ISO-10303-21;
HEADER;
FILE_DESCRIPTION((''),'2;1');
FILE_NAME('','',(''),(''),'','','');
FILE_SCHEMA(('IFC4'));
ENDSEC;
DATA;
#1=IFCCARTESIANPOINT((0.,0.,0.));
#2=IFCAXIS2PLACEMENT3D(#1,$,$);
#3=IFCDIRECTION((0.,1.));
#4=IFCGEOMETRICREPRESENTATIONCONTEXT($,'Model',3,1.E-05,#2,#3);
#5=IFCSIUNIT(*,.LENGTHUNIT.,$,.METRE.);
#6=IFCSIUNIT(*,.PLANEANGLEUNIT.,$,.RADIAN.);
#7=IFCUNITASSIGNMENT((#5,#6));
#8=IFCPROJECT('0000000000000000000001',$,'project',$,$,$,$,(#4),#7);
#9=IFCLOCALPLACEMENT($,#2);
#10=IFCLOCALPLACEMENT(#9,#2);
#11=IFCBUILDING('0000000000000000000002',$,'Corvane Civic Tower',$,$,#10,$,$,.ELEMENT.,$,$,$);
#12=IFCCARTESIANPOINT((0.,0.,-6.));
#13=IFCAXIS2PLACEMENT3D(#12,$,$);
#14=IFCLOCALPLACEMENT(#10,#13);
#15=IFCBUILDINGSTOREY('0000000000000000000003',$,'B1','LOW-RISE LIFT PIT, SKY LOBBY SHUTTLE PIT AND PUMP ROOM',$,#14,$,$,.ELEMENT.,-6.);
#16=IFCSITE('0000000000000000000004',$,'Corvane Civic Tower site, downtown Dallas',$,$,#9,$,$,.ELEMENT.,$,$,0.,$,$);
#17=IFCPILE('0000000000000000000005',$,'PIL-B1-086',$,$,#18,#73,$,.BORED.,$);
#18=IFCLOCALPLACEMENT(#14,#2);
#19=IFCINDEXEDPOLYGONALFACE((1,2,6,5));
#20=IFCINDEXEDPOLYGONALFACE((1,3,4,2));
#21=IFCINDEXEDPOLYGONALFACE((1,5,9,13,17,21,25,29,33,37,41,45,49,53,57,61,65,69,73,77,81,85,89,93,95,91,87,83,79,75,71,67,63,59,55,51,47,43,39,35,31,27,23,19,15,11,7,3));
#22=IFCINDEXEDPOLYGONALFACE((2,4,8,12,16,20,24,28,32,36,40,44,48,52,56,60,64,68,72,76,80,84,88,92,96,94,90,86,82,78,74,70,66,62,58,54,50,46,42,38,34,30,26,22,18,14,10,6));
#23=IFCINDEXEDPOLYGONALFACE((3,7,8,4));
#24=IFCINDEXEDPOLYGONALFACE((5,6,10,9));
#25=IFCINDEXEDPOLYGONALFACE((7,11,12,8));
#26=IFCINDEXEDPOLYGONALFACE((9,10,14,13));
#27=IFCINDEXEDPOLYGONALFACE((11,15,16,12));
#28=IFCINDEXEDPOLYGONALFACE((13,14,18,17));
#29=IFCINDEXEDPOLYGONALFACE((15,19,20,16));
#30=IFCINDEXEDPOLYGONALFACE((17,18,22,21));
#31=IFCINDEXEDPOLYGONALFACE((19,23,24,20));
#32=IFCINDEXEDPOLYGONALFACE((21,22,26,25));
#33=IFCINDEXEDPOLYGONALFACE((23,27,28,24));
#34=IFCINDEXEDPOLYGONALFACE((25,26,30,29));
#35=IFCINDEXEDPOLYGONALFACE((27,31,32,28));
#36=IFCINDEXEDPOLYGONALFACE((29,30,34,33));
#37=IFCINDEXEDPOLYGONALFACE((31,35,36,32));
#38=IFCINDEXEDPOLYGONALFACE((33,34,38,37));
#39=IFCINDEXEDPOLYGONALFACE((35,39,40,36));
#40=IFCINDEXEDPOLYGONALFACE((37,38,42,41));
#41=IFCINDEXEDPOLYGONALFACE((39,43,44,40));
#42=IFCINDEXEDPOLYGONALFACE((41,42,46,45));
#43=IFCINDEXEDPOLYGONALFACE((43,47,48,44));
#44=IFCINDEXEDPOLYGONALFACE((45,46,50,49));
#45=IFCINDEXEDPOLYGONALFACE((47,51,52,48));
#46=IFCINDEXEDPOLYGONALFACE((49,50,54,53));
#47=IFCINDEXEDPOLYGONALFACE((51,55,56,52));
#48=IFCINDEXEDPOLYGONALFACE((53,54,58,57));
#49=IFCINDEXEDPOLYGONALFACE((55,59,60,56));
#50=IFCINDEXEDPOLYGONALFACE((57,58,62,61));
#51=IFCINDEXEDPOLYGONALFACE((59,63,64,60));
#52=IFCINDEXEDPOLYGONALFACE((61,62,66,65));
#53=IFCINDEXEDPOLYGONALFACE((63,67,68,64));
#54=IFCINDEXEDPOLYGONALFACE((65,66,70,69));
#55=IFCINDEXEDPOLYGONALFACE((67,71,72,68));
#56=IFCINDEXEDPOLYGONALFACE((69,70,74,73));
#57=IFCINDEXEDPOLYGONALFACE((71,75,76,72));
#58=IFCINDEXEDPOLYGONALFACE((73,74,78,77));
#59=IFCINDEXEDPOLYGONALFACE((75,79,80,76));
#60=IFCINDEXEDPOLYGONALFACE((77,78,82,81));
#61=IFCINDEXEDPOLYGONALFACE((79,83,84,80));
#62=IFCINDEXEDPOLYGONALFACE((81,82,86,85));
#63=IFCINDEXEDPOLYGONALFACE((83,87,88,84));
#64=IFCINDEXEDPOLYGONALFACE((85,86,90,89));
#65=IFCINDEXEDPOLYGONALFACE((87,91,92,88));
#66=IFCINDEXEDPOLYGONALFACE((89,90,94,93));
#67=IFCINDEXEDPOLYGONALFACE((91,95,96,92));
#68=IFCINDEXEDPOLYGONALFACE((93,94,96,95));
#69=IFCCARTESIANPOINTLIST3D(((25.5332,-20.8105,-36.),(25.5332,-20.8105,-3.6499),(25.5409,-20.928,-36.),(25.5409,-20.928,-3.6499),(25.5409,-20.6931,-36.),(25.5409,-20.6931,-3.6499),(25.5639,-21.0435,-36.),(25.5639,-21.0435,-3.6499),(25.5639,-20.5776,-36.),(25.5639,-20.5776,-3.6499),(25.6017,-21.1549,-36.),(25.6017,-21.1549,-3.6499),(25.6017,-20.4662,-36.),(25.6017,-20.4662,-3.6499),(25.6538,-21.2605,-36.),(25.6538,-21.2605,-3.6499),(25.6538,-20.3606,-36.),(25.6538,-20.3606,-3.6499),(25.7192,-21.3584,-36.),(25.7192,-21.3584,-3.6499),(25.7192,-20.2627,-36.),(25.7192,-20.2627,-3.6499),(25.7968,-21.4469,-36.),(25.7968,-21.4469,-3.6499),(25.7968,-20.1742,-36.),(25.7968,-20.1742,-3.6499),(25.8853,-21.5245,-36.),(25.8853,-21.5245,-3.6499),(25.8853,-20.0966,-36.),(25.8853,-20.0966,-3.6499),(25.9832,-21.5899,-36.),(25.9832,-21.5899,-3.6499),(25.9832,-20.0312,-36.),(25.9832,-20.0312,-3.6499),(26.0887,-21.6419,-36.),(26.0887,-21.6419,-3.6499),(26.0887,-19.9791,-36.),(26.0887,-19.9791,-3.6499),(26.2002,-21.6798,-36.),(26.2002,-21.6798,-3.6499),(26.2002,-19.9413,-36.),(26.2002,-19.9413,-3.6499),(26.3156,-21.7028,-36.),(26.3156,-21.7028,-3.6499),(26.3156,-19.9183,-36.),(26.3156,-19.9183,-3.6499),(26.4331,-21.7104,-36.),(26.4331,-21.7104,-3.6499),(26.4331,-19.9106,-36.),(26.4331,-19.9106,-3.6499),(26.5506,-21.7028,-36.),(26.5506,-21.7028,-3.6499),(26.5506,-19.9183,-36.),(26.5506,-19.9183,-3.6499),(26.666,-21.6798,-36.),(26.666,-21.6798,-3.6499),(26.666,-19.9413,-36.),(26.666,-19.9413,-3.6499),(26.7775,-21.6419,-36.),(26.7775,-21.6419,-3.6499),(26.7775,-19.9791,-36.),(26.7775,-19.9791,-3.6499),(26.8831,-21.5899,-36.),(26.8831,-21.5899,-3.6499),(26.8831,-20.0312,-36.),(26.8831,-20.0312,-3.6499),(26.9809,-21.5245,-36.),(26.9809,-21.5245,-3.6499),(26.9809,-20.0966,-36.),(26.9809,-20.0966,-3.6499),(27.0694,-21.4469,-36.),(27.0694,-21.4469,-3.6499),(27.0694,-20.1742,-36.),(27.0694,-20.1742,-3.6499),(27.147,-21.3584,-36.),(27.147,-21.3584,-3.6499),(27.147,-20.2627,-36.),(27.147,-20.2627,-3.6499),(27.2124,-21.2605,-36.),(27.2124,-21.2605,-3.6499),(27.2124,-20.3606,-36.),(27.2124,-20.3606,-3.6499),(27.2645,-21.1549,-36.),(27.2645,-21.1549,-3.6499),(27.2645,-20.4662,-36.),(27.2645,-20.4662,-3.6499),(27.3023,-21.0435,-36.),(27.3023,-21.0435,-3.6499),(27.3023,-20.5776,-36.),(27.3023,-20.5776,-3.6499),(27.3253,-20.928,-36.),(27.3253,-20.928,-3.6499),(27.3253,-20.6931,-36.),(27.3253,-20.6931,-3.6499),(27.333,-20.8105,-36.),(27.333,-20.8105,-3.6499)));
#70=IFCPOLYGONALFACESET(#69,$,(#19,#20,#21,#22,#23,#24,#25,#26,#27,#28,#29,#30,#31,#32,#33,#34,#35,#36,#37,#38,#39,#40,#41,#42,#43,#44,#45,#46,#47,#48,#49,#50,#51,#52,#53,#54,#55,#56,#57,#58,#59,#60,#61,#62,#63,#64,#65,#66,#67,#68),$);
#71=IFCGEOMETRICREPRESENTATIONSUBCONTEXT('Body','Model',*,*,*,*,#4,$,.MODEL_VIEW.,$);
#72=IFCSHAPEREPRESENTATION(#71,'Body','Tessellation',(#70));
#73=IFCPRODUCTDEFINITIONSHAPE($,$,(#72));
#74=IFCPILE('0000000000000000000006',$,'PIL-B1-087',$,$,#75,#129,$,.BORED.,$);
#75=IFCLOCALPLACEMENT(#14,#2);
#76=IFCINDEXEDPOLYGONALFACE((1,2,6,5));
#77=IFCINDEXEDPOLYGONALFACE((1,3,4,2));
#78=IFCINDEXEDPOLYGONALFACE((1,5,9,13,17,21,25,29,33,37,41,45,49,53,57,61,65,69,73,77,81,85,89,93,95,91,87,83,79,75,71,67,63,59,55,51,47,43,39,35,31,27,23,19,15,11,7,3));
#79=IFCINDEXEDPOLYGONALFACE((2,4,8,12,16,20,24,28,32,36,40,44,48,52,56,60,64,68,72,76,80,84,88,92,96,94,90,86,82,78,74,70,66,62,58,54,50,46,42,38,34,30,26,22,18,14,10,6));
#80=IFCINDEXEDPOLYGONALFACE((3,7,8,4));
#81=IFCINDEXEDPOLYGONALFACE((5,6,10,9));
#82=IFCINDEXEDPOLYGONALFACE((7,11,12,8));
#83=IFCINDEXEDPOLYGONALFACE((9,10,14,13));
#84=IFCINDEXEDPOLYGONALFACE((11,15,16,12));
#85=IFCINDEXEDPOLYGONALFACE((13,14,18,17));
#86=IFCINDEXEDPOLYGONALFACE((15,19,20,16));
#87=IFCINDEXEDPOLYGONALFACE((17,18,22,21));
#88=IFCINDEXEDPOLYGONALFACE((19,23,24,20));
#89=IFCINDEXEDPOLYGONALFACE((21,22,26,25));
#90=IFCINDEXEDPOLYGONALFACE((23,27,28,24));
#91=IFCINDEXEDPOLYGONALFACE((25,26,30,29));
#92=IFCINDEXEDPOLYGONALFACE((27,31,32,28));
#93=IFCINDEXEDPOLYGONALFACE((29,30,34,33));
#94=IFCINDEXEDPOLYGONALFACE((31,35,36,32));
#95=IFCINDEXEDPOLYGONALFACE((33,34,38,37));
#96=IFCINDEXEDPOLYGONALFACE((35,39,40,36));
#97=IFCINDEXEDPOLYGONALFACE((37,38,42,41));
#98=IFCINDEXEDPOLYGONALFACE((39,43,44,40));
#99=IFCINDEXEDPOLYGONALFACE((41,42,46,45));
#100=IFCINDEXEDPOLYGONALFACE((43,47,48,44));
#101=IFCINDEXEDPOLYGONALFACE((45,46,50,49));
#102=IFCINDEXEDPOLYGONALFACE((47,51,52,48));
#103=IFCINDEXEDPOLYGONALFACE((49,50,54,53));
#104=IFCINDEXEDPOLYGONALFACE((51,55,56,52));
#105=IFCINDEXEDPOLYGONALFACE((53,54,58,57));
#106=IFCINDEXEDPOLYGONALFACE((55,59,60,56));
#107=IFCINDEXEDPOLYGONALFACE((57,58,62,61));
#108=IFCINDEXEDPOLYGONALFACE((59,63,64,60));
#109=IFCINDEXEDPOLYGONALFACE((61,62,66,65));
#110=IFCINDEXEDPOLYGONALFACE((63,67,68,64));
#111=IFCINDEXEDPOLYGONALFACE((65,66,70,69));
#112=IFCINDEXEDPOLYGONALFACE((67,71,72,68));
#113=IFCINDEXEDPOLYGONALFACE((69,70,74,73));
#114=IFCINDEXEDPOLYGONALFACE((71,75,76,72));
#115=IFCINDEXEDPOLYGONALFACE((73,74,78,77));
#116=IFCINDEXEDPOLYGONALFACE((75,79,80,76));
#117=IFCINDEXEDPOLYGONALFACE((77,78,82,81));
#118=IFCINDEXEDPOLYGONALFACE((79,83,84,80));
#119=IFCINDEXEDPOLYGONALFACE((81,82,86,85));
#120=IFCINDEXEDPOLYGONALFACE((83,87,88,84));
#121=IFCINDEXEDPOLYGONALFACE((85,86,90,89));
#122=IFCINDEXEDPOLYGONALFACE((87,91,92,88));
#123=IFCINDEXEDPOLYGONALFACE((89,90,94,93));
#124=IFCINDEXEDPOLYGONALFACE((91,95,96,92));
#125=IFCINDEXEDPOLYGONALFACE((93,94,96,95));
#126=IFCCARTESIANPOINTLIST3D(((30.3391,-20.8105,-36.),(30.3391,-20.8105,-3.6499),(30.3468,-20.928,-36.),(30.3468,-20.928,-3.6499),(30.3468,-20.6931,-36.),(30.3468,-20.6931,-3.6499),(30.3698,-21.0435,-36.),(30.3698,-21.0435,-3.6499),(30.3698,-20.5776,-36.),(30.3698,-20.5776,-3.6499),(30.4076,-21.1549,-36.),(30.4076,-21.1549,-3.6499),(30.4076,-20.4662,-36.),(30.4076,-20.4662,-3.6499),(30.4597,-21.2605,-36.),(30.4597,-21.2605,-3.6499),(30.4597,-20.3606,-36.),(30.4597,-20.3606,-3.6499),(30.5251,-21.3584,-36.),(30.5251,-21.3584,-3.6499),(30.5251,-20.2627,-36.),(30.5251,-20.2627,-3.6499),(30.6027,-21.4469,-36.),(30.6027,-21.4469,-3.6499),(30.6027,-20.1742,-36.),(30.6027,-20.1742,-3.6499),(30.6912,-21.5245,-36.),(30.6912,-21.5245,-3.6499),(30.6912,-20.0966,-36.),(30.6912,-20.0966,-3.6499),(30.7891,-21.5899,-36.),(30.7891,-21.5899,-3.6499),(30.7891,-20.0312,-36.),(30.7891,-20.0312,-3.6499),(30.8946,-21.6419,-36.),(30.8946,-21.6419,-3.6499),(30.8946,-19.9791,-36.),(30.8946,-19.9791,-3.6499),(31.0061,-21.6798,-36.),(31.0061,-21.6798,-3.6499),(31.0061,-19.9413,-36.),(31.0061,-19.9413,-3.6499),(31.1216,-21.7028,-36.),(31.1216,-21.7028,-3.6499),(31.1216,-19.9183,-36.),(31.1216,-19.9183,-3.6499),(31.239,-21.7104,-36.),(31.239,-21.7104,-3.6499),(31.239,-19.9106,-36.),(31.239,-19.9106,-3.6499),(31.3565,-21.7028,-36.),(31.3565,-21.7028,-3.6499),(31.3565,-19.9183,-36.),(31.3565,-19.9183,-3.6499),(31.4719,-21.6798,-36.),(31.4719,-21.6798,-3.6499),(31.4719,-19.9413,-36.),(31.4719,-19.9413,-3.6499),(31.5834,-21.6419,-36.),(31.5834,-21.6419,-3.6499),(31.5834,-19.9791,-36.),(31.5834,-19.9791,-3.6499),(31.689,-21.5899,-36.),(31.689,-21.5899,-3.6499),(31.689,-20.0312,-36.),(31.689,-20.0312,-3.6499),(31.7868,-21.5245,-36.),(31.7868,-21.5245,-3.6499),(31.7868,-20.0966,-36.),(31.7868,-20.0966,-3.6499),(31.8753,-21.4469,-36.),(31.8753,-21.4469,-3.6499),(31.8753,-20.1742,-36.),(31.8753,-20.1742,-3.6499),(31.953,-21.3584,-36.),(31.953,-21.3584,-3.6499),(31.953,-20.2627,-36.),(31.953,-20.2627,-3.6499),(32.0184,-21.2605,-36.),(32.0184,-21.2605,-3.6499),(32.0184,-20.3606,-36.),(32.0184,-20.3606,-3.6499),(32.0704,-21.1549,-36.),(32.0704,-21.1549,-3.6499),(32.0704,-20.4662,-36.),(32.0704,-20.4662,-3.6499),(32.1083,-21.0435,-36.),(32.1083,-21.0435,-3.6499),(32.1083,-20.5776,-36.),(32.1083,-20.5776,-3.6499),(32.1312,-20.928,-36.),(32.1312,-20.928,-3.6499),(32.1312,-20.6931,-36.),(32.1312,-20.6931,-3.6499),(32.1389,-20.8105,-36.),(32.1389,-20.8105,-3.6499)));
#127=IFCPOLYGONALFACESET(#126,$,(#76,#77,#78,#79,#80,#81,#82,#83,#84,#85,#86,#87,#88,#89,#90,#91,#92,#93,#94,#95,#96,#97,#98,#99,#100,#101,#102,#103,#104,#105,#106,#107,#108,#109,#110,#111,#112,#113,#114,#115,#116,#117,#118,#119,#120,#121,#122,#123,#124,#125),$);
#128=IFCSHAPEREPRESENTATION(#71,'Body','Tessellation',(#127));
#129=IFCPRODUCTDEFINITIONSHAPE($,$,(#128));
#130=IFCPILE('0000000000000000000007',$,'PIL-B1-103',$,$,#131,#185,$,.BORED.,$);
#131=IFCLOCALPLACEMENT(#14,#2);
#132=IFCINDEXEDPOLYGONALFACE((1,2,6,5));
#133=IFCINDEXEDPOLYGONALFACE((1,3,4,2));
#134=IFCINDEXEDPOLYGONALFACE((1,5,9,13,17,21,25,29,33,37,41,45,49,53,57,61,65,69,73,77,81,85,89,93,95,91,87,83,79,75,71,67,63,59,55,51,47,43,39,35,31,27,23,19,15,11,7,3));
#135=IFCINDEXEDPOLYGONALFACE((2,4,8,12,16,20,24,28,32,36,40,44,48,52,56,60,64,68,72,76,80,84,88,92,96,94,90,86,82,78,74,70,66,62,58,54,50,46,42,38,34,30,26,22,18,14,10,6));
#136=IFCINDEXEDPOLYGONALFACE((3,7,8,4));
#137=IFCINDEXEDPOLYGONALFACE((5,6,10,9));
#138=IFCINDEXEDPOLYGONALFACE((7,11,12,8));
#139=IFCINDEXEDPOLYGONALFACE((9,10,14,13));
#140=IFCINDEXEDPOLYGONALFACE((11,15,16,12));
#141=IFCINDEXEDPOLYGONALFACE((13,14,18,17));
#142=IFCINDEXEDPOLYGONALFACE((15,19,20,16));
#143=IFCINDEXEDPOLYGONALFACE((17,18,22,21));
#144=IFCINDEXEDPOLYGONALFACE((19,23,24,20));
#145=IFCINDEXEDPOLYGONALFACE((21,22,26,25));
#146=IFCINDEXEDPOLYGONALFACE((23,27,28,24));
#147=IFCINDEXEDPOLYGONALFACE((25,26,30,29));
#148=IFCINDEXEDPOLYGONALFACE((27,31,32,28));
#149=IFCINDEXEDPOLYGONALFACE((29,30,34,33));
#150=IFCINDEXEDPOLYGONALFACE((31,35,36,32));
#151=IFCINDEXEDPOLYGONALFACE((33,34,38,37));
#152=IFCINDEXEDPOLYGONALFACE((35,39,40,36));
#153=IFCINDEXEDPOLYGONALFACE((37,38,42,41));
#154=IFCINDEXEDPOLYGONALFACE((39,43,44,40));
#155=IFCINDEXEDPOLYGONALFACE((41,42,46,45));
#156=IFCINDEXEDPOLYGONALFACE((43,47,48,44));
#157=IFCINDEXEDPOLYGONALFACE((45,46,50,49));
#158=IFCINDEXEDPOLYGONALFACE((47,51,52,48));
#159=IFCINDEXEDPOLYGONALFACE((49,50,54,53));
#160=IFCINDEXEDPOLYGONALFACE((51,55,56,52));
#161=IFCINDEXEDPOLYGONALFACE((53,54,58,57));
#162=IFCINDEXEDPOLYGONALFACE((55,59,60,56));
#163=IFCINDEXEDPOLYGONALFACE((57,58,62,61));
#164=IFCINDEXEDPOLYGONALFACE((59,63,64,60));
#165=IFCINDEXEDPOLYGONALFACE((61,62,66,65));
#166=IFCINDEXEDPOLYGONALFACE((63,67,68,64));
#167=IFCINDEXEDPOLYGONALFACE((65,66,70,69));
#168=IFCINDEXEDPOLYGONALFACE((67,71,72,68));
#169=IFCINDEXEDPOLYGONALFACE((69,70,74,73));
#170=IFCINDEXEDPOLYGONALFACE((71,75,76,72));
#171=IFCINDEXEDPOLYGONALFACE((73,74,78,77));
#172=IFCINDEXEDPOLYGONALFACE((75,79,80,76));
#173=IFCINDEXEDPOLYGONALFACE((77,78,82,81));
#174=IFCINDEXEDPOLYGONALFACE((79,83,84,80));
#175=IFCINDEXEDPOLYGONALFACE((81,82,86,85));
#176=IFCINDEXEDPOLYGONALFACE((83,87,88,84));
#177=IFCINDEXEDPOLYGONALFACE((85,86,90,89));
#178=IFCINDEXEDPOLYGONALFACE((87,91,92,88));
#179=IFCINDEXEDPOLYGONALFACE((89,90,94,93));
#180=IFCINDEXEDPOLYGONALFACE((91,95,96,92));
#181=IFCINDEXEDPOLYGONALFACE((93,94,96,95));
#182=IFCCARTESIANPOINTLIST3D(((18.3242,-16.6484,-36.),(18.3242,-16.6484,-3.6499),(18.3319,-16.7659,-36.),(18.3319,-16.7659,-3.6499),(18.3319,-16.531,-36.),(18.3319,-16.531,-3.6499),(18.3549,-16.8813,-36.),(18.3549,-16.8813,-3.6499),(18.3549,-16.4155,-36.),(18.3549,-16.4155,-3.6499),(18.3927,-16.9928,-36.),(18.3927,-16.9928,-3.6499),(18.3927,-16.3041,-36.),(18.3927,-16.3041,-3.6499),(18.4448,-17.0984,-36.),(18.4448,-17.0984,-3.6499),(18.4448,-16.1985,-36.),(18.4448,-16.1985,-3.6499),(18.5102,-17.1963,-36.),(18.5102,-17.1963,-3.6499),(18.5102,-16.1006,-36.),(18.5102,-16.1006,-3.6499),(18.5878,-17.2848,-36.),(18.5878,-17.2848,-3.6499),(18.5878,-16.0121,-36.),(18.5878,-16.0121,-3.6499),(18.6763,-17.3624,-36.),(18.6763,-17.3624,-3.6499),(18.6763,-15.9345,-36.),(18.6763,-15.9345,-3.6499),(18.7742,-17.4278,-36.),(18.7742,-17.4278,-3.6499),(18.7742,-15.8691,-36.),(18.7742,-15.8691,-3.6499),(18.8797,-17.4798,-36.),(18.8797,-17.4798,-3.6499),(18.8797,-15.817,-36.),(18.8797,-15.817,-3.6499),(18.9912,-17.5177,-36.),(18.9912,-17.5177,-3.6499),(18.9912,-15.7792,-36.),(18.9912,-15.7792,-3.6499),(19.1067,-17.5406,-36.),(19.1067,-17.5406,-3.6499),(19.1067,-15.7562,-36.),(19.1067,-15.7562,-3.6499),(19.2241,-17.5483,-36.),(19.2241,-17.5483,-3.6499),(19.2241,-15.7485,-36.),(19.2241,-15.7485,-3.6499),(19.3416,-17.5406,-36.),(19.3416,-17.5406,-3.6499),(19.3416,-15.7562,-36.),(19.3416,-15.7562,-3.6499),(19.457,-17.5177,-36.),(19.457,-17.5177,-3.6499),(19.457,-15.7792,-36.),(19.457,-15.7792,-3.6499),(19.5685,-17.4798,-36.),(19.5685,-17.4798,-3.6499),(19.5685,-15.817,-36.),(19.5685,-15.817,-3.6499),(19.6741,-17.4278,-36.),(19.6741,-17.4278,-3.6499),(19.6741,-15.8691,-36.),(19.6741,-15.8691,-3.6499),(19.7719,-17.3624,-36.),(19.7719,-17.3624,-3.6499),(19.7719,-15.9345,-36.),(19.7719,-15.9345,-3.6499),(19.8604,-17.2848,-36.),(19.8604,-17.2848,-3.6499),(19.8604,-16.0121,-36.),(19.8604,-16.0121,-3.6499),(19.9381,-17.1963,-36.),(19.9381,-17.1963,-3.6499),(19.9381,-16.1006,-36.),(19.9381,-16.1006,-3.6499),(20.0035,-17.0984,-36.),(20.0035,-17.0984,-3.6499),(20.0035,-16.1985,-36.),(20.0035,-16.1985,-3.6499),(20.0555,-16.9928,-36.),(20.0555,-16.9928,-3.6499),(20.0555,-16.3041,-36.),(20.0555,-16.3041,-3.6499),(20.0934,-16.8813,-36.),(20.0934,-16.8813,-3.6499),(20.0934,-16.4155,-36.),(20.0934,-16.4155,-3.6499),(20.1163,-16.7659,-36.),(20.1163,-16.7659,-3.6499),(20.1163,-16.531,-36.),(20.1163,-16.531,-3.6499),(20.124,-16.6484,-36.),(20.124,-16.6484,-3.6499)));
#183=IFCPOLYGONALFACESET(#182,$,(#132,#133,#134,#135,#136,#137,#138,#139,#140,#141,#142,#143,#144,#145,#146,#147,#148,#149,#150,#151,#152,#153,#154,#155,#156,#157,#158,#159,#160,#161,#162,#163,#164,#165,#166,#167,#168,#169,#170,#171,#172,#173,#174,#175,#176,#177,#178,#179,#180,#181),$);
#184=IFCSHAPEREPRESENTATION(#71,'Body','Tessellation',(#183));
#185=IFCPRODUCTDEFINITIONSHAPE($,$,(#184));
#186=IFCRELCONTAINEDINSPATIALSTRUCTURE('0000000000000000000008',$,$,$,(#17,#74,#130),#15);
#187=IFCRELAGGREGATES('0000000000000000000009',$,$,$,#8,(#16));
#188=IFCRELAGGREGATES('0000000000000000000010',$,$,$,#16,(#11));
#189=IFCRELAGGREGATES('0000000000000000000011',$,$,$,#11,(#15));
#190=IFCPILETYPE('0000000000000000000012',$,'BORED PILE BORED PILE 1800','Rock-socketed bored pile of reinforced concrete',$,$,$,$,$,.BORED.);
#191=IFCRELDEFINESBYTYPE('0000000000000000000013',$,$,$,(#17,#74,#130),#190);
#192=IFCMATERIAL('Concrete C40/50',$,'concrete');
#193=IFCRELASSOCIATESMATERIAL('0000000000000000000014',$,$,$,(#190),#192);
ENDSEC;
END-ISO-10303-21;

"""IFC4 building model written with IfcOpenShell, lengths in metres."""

from ifc_helpers import new_model, si_unit, direction, frame, origin, origin_2d, place, context, subcontext, project, spatial, circle, extrude, material, material_profile, profile_set, type_object, element, save


model = new_model("IFC4")

# Units and contexts
model_context = context("Model", 3, precision=1e-05, world=origin(), true_north=direction((0.0, 1.0)))
body_context = subcontext(model_context, "Body", "Model", "MODEL_VIEW")
ifc_project = project(units=[si_unit("LENGTHUNIT", "METRE"), si_unit("PLANEANGLEUNIT", "RADIAN")], contexts=[model_context])

# Site, building, storey
site_placement = place(None, origin())
site = spatial("IfcSite", under=ifc_project, at=site_placement, Name="Corvane Civic Tower site, downtown Dallas", CompositionType="ELEMENT", RefElevation=0.0)
building_placement = place(site_placement, origin())
building = spatial("IfcBuilding", under=site, at=building_placement, Name="Corvane Civic Tower", CompositionType="ELEMENT")
storey_placement = place(building_placement, frame((0.0, 0.0, -6.0)))
storey = spatial("IfcBuildingStorey", under=building, at=storey_placement, Name="B1", Description="LOW-RISE LIFT PIT, SKY LOBBY SHUTTLE PIT AND PUMP ROOM", CompositionType="ELEMENT", Elevation=-6.0)

# Piles
ifc_material_1 = material(Name="Concrete C40/50", Category="concrete")
ifc_material_profile = material_profile(ifc_material_1, circle(Radius=0.8999, at=origin_2d()), Name="BORED PILE 1800")
ifc_profile_set = profile_set([ifc_material_profile], Name="Concrete C40/50")
pile_type = type_object("IfcPileType", Name="BORED PILE BORED PILE 1800", Description="Rock-socketed bored pile of reinforced concrete", PredefinedType="BORED", material=ifc_profile_set)
for number, where, z_axis, x_axis, name in (
    (1, (26.4331, -20.8105, -3.6499), (0.0, 0.0, -1.0), (1.0, 0.0, 0.0), "PIL-B1-086"),
    (2, (31.239, -20.8105, -3.6499), (0.0, 0.0, -1.0), (1.0, 0.0, 0.0), "PIL-B1-087"),
    (3, (19.2241, -16.6484, -3.6499), (0.0, 0.0, -1.0), (1.0, 0.0, 0.0), "PIL-B1-103"),
):
    element("IfcPile", number, at=place(storey_placement, frame(where, z_axis=z_axis, x_axis=x_axis)), inside=storey, type_object=pile_type, Name=name, PredefinedType="BORED", context=body_context, shape_type="SweptSolid", body=[
        extrude(circle(Radius=0.8999, at=origin_2d()), origin(), (0.0, 0.0, 1.0), 32.3501),
    ])

save(model, "model.ifc")
